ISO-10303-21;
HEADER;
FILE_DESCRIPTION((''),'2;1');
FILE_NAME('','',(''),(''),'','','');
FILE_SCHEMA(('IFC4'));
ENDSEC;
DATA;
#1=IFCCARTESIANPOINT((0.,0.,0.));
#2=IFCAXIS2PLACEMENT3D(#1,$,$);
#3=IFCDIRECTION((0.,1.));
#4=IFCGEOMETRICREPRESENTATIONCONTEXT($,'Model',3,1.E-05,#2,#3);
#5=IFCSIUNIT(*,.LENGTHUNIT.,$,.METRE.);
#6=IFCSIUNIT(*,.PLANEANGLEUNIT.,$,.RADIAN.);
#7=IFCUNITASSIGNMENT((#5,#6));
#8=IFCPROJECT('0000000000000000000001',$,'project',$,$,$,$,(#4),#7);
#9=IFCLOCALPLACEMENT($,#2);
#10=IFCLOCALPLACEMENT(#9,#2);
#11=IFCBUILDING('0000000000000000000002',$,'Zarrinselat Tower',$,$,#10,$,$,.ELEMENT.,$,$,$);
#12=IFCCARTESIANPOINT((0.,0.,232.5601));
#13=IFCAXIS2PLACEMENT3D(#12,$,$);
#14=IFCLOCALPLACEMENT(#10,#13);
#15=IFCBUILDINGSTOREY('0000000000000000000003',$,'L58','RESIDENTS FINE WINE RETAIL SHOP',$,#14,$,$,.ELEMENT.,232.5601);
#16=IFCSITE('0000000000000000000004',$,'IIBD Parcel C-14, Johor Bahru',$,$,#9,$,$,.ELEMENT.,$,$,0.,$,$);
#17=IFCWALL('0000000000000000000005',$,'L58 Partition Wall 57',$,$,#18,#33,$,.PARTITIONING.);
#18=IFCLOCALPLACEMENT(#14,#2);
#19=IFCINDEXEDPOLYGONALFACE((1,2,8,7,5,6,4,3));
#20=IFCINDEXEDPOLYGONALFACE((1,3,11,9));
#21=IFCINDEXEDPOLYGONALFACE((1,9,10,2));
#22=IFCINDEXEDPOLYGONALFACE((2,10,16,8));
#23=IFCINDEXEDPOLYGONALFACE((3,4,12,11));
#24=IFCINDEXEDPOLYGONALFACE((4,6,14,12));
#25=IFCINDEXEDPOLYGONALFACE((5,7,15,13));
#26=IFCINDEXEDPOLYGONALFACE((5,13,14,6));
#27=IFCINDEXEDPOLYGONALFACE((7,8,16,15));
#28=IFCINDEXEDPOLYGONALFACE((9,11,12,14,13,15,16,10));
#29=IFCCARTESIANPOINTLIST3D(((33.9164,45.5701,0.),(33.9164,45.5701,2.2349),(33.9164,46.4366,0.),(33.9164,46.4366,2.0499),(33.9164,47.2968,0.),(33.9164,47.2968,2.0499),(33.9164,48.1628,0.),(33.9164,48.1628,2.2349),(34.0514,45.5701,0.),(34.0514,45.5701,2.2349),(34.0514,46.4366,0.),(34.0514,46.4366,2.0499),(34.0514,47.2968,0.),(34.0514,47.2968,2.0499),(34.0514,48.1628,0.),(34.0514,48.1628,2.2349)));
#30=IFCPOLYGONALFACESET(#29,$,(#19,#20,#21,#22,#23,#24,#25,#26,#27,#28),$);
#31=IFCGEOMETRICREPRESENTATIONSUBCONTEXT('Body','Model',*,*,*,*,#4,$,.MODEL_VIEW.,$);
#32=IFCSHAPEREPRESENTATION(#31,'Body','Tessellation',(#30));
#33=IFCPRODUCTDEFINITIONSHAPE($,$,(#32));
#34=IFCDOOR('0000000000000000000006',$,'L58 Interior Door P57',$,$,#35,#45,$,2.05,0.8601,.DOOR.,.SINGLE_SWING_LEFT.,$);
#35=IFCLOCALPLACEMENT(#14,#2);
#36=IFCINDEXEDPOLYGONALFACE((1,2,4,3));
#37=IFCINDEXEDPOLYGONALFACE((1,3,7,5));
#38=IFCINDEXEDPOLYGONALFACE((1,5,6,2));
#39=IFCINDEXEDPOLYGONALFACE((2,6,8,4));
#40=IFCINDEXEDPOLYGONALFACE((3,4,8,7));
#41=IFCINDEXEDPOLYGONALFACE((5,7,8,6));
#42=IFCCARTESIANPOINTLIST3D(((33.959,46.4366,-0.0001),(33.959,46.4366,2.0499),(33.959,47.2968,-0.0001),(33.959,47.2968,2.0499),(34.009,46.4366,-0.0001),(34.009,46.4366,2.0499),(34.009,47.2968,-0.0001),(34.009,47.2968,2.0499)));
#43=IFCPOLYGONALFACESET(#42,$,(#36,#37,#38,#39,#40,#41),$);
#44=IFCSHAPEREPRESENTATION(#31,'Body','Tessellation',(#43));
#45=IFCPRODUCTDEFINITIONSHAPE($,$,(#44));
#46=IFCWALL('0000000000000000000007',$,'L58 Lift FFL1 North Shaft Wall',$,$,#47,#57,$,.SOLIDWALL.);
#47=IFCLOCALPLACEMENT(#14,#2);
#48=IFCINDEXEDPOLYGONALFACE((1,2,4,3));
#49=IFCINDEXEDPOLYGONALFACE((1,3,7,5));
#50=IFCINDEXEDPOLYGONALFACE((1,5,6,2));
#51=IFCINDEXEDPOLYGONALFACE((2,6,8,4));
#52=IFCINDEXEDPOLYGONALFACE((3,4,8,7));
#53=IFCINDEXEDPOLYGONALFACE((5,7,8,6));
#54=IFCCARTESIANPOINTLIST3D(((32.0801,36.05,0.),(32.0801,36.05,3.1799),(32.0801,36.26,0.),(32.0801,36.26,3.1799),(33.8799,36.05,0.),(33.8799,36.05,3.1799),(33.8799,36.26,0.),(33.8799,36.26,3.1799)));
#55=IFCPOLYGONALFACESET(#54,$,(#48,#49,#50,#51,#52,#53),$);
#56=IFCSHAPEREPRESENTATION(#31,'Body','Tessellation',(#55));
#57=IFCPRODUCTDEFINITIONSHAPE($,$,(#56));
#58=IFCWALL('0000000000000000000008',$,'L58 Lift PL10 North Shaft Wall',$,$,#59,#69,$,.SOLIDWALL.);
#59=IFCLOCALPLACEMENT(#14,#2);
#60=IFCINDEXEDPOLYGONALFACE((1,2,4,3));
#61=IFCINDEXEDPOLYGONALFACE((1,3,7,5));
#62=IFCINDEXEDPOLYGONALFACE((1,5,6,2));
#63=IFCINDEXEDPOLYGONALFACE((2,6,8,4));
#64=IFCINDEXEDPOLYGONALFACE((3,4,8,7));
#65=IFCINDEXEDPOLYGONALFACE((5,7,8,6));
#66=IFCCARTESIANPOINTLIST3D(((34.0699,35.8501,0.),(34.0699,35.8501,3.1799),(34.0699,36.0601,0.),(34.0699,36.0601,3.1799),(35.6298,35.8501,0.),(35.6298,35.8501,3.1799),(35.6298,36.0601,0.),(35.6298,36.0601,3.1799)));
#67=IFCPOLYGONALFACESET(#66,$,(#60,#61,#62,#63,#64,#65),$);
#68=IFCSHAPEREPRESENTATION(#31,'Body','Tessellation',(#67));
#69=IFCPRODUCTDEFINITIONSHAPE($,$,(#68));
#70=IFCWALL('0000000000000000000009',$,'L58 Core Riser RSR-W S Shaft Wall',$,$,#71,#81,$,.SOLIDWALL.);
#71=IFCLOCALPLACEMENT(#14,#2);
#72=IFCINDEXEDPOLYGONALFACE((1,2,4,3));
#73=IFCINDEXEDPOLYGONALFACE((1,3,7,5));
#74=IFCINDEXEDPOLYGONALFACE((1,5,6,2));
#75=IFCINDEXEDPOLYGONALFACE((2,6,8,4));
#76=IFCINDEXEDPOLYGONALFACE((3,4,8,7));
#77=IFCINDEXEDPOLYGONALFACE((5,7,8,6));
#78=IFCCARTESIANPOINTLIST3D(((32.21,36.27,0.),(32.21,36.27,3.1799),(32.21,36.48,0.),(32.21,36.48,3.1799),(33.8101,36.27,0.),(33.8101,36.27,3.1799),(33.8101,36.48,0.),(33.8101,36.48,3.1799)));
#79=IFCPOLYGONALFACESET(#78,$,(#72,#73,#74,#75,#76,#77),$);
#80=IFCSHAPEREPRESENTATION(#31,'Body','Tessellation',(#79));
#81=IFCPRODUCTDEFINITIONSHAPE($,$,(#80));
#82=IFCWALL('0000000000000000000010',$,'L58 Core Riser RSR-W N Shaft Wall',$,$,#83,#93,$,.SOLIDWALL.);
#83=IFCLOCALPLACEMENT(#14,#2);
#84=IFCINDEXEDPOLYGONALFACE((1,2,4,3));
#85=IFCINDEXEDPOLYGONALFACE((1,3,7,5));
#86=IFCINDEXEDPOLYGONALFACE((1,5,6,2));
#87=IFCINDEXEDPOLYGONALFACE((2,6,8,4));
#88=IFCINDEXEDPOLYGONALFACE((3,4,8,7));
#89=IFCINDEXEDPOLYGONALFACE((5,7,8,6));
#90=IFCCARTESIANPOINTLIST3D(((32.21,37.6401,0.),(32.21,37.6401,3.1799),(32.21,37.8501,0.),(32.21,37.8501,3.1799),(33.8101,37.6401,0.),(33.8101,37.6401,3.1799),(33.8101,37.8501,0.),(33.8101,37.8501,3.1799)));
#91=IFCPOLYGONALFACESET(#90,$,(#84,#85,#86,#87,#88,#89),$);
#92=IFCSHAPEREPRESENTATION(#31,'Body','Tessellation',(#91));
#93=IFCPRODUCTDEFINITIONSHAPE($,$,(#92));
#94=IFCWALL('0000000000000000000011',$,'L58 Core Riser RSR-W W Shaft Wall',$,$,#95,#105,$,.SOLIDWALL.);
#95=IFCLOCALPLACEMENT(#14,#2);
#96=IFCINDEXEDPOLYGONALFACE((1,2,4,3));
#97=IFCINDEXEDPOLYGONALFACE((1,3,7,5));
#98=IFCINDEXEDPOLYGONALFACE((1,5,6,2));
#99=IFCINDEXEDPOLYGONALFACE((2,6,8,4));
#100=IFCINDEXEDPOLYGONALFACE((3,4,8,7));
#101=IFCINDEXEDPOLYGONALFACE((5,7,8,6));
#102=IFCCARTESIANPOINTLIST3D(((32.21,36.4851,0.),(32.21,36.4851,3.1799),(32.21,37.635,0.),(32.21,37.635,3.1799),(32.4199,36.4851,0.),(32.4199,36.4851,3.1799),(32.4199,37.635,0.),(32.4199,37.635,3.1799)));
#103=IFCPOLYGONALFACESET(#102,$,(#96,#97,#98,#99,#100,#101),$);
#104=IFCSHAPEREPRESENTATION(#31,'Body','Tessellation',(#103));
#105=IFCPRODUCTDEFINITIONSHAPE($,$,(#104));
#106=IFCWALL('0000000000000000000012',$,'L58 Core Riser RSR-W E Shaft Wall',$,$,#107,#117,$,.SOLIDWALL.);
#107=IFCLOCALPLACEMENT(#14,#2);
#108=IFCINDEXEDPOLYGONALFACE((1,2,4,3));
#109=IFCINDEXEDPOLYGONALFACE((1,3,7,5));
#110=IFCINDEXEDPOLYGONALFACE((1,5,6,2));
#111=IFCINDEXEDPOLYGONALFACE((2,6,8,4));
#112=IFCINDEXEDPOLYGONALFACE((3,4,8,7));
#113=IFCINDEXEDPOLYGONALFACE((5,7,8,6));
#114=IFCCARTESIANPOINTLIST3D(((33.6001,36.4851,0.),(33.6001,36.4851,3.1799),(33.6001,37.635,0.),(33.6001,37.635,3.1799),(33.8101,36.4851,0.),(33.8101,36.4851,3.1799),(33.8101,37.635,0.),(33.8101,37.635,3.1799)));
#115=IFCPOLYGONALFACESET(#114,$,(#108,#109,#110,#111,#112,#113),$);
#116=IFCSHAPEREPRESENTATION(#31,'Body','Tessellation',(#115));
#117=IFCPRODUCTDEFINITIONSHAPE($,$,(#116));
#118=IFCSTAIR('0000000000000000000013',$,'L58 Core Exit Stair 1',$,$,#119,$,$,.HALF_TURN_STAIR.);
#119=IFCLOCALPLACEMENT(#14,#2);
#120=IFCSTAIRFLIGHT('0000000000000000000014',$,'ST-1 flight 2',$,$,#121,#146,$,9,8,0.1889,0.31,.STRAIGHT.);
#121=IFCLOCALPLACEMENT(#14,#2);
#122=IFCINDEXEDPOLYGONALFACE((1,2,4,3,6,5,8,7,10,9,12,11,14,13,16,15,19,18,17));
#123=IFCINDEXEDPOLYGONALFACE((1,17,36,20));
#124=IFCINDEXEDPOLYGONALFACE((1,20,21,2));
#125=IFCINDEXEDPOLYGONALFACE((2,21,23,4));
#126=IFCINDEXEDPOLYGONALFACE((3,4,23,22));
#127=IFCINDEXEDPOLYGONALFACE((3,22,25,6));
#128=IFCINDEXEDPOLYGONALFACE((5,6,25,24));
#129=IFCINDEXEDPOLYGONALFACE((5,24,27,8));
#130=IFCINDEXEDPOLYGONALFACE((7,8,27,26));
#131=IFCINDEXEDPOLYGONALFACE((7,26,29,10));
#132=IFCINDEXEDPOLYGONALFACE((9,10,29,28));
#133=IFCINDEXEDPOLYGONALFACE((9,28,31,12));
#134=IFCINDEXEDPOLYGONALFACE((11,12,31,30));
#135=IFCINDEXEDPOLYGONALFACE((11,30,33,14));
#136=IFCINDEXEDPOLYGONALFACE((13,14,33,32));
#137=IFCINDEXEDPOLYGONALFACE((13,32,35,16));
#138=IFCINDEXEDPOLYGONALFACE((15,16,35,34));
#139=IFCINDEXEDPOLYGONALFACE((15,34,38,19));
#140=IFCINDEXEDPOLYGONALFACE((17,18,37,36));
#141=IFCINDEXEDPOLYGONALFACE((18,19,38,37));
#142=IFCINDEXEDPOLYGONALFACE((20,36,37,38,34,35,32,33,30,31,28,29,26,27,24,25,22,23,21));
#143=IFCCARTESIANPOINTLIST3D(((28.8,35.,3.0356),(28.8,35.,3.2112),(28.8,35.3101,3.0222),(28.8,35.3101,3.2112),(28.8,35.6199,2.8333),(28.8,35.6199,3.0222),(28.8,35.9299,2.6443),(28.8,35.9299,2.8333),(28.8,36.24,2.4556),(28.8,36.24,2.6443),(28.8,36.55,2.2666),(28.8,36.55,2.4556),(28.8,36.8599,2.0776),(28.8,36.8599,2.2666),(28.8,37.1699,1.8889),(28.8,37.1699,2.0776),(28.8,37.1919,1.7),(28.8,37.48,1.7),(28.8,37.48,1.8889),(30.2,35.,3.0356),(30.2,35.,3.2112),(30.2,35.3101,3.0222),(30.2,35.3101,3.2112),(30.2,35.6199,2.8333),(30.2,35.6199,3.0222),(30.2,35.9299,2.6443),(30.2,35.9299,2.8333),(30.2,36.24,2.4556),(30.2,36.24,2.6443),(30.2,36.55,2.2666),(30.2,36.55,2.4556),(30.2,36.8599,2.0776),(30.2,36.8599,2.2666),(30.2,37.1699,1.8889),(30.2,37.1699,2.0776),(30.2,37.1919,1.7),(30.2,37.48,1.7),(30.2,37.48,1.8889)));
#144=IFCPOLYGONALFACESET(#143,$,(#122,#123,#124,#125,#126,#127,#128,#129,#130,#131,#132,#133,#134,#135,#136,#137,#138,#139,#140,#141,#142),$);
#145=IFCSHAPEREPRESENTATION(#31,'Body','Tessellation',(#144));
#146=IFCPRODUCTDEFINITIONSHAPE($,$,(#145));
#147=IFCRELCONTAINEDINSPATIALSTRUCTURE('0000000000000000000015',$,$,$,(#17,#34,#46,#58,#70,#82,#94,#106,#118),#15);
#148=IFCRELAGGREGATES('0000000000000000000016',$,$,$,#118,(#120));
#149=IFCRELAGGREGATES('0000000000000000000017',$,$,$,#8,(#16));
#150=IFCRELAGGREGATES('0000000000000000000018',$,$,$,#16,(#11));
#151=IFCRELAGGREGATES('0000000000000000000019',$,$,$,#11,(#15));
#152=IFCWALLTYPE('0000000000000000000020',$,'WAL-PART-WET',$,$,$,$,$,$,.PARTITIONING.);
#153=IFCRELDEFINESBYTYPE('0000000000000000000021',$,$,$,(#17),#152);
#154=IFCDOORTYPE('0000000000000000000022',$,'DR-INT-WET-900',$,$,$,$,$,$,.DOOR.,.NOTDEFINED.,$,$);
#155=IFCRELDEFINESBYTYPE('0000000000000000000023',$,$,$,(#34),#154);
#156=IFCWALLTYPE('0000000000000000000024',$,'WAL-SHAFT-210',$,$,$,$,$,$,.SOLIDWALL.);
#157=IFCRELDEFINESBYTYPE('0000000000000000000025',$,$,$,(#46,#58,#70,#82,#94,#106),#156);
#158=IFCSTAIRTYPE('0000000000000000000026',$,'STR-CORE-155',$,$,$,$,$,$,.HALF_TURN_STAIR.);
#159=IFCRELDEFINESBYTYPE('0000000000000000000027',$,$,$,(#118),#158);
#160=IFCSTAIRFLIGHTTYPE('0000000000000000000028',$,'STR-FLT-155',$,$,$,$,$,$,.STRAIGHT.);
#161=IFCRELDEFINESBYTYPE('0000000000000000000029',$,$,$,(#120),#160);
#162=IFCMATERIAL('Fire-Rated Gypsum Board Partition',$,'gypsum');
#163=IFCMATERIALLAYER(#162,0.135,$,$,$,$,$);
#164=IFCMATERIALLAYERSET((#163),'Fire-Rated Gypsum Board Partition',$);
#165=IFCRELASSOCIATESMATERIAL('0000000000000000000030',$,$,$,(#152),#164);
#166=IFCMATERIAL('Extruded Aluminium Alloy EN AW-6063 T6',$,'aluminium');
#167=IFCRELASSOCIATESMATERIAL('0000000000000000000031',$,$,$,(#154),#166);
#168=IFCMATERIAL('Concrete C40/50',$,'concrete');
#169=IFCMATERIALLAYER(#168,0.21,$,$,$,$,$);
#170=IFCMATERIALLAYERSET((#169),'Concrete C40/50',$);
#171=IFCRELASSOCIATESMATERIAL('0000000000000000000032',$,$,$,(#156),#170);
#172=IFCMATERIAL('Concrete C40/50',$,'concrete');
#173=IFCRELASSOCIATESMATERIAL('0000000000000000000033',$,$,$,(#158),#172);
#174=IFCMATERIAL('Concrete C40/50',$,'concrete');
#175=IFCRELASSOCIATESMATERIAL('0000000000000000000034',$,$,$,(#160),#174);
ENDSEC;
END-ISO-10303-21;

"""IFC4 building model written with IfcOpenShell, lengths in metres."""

from ifc_helpers import new_model, si_unit, direction, frame, frame_2d, origin, place, context, subcontext, project, spatial, polyline, rectangle, outline, extrude, material, layer, layer_set, type_object, element, fill, aggregate, save


model = new_model("IFC4")

# Units and contexts
model_context = context("Model", 3, precision=1e-05, world=origin(), true_north=direction((0.0, 1.0)))
body_context = subcontext(model_context, "Body", "Model", "MODEL_VIEW")
ifc_project = project(units=[si_unit("LENGTHUNIT", "METRE"), si_unit("PLANEANGLEUNIT", "RADIAN")], contexts=[model_context])

# Site, building, storey
site_placement = place(None, origin())
site = spatial("IfcSite", under=ifc_project, at=site_placement, Name="IIBD Parcel C-14, Johor Bahru", CompositionType="ELEMENT", RefElevation=0.0)
building_placement = place(site_placement, origin())
building = spatial("IfcBuilding", under=site, at=building_placement, Name="Zarrinselat Tower", CompositionType="ELEMENT")
storey_placement = place(building_placement, frame((0.0, 0.0, 232.5601)))
storey = spatial("IfcBuildingStorey", under=building, at=storey_placement, Name="L58", Description="RESIDENTS FINE WINE RETAIL SHOP", CompositionType="ELEMENT", Elevation=232.5601)

# Shared definitions
ifc_material_1 = material(Name="Fire-Rated Gypsum Board Partition", Category="gypsum")
ifc_layer_1 = layer(ifc_material_1, 0.135)
ifc_layer_set_1 = layer_set([ifc_layer_1], Name="Fire-Rated Gypsum Board Partition")
wall_type_1 = type_object("IfcWallType", Name="WAL-PART-WET", PredefinedType="PARTITIONING", material=ifc_layer_set_1)

# Wall, opening, door
wall_1_placement = place(storey_placement, frame((33.9839, 45.5701, 0.0), z_axis=(0.0, 0.0, 1.0), x_axis=(0.0, 1.0, 0.0)))
wall_1 = element("IfcWall", 1, at=wall_1_placement, inside=storey, type_object=wall_type_1, Name="L58 Partition Wall 57", PredefinedType="PARTITIONING", context=body_context, shape_type="SweptSolid", body=[
    extrude(rectangle(XDim=2.5928, YDim=0.135, at=frame_2d((1.2964, 0.0))), origin(), (0.0, 0.0, 1.0), 2.2349),
])
opening_1_placement = place(wall_1_placement, frame((0.8665, 0.0, 0.0)))
opening_1 = element("IfcOpeningElement", 2, at=opening_1_placement, cuts=wall_1, PredefinedType="OPENING", context=body_context, shape_type="SweptSolid", body=[
    extrude(rectangle(XDim=0.8601, YDim=2.05, at=frame_2d((0.4302, 1.0249))), frame((0.0, 0.0774, 0.0), z_axis=(0.0, -1.0, 0.0), x_axis=(1.0, 0.0, 0.0)), (0.0, 0.0, 1.0), 0.155),
])
ifc_material_2 = material(Name="Extruded Aluminium Alloy EN AW-6063 T6", Category="aluminium")
door_type_1 = type_object("IfcDoorType", Name="DR-INT-WET-900", OperationType="NOTDEFINED", PredefinedType="DOOR", material=ifc_material_2)
door_1_placement = place(opening_1_placement, origin())
door_1 = element("IfcDoor", 3, at=door_1_placement, inside=storey, type_object=door_type_1, Name="L58 Interior Door P57", OperationType="SINGLE_SWING_LEFT", OverallHeight=2.05, OverallWidth=0.8601, PredefinedType="DOOR", context=body_context, shape_type="SweptSolid", body=[
    extrude(rectangle(XDim=0.8601, YDim=2.05, at=frame_2d((0.4302, 1.0249))), frame((0.0, 0.0249, 0.0), z_axis=(0.0, -1.0, 0.0), x_axis=(1.0, 0.0, 0.0)), (0.0, 0.0, 1.0), 0.05),
])
fill(opening_1, door_1)

# Walls
ifc_material_3 = material(Name="Concrete C40/50", Category="concrete")
ifc_layer_2 = layer(ifc_material_3, 0.21)
ifc_layer_set_2 = layer_set([ifc_layer_2], Name="Concrete C40/50")
wall_type_2 = type_object("IfcWallType", Name="WAL-SHAFT-210", PredefinedType="SOLIDWALL", material=ifc_layer_set_2)
wall_2_placement = place(storey_placement, frame((32.0801, 36.155, 0.0), z_axis=(0.0, 0.0, 1.0), x_axis=(1.0, 0.0, 0.0)))
element("IfcWall", 4, at=wall_2_placement, inside=storey, type_object=wall_type_2, Name="L58 Lift FFL1 North Shaft Wall", PredefinedType="SOLIDWALL", context=body_context, shape_type="SweptSolid", body=[
    extrude(rectangle(XDim=1.7998, YDim=0.21, at=frame_2d((0.8999, 0.0))), origin(), (0.0, 0.0, 1.0), 3.1799),
])
wall_3_placement = place(storey_placement, frame((34.0701, 35.9551, 0.0), z_axis=(0.0, 0.0, 1.0), x_axis=(1.0, 0.0, 0.0)))
element("IfcWall", 5, at=wall_3_placement, inside=storey, type_object=wall_type_2, Name="L58 Lift PL10 North Shaft Wall", PredefinedType="SOLIDWALL", context=body_context, shape_type="SweptSolid", body=[
    extrude(rectangle(XDim=1.5598, YDim=0.21, at=frame_2d((0.7798, 0.0))), origin(), (0.0, 0.0, 1.0), 3.1799),
])
for number, where, z_axis, x_axis, name in (
    (6, (32.21, 36.375, 0.0), (0.0, 0.0, 1.0), (1.0, 0.0, 0.0), "L58 Core Riser RSR-W S Shaft Wall"),
    (7, (32.21, 37.7451, 0.0), (0.0, 0.0, 1.0), (1.0, 0.0, 0.0), "L58 Core Riser RSR-W N Shaft Wall"),
):
    element("IfcWall", number, at=place(storey_placement, frame(where, z_axis=z_axis, x_axis=x_axis)), inside=storey, type_object=wall_type_2, Name=name, PredefinedType="SOLIDWALL", context=body_context, shape_type="SweptSolid", body=[
        extrude(rectangle(XDim=1.6001, YDim=0.21, at=frame_2d((0.8, 0.0))), origin(), (0.0, 0.0, 1.0), 3.1799),
    ])
for number, where, z_axis, x_axis, name in (
    (8, (32.3149, 36.4851, 0.0), (0.0, 0.0, 1.0), (0.0, 1.0, 0.0), "L58 Core Riser RSR-W W Shaft Wall"),
    (9, (33.7051, 36.4851, 0.0), (0.0, 0.0, 1.0), (0.0, 1.0, 0.0), "L58 Core Riser RSR-W E Shaft Wall"),
):
    element("IfcWall", number, at=place(storey_placement, frame(where, z_axis=z_axis, x_axis=x_axis)), inside=storey, type_object=wall_type_2, Name=name, PredefinedType="SOLIDWALL", context=body_context, shape_type="SweptSolid", body=[
        extrude(rectangle(XDim=1.1499, YDim=0.21, at=frame_2d((0.575, 0.0))), origin(), (0.0, 0.0, 1.0), 3.1799),
    ])

# Stair, stair flight
ifc_material_4 = material(Name="Concrete C40/50", Category="concrete")
stair_type = type_object("IfcStairType", Name="STR-CORE-155", PredefinedType="HALF_TURN_STAIR", material=ifc_material_4)
stair_placement = place(storey_placement, origin())
stair = element("IfcStair", 10, at=stair_placement, inside=storey, type_object=stair_type, Name="L58 Core Exit Stair 1", PredefinedType="HALF_TURN_STAIR")
ifc_material_5 = material(Name="Concrete C40/50", Category="concrete")
stair_flight_type = type_object("IfcStairFlightType", Name="STR-FLT-155", PredefinedType="STRAIGHT", material=ifc_material_5)
stair_flight_placement = place(storey_placement, frame((29.5, 37.48, 1.7), z_axis=(0.0, 0.0, 1.0), x_axis=(0.0, -1.0, 0.0)))
stair_flight = element("IfcStairFlight", 11, at=stair_flight_placement, type_object=stair_flight_type, Name="ST-1 flight 2", NumberOfRisers=9, NumberOfTreads=8, PredefinedType="STRAIGHT", RiserHeight=0.1889, TreadLength=0.31, context=body_context, shape_type="SweptSolid", body=[
    extrude(outline(polyline([(0.0, 0.0), (0.0, 0.189), (0.3101, 0.189), (0.3101, 0.3777), (0.6201, 0.3777), (0.6201, 0.5667), (0.9299, 0.5667), (0.9299, 0.7556), (1.24, 0.7556), (1.24, 0.9443), (1.55, 0.9443), (1.55, 1.1333), (1.8601, 1.1333), (1.8601, 1.3223), (2.1699, 1.3223), (2.1699, 1.5112), (2.48, 1.5112), (2.48, 1.7), (2.48, 1.3357), (0.2881, 0.0), (0.0, 0.0)])), frame((0.0, 0.7, 0.0), z_axis=(0.0, -1.0, 0.0), x_axis=(1.0, 0.0, 0.0)), (0.0, 0.0, 1.0), 1.3999),
])
aggregate(stair, [stair_flight])

save(model, "model.ifc")
